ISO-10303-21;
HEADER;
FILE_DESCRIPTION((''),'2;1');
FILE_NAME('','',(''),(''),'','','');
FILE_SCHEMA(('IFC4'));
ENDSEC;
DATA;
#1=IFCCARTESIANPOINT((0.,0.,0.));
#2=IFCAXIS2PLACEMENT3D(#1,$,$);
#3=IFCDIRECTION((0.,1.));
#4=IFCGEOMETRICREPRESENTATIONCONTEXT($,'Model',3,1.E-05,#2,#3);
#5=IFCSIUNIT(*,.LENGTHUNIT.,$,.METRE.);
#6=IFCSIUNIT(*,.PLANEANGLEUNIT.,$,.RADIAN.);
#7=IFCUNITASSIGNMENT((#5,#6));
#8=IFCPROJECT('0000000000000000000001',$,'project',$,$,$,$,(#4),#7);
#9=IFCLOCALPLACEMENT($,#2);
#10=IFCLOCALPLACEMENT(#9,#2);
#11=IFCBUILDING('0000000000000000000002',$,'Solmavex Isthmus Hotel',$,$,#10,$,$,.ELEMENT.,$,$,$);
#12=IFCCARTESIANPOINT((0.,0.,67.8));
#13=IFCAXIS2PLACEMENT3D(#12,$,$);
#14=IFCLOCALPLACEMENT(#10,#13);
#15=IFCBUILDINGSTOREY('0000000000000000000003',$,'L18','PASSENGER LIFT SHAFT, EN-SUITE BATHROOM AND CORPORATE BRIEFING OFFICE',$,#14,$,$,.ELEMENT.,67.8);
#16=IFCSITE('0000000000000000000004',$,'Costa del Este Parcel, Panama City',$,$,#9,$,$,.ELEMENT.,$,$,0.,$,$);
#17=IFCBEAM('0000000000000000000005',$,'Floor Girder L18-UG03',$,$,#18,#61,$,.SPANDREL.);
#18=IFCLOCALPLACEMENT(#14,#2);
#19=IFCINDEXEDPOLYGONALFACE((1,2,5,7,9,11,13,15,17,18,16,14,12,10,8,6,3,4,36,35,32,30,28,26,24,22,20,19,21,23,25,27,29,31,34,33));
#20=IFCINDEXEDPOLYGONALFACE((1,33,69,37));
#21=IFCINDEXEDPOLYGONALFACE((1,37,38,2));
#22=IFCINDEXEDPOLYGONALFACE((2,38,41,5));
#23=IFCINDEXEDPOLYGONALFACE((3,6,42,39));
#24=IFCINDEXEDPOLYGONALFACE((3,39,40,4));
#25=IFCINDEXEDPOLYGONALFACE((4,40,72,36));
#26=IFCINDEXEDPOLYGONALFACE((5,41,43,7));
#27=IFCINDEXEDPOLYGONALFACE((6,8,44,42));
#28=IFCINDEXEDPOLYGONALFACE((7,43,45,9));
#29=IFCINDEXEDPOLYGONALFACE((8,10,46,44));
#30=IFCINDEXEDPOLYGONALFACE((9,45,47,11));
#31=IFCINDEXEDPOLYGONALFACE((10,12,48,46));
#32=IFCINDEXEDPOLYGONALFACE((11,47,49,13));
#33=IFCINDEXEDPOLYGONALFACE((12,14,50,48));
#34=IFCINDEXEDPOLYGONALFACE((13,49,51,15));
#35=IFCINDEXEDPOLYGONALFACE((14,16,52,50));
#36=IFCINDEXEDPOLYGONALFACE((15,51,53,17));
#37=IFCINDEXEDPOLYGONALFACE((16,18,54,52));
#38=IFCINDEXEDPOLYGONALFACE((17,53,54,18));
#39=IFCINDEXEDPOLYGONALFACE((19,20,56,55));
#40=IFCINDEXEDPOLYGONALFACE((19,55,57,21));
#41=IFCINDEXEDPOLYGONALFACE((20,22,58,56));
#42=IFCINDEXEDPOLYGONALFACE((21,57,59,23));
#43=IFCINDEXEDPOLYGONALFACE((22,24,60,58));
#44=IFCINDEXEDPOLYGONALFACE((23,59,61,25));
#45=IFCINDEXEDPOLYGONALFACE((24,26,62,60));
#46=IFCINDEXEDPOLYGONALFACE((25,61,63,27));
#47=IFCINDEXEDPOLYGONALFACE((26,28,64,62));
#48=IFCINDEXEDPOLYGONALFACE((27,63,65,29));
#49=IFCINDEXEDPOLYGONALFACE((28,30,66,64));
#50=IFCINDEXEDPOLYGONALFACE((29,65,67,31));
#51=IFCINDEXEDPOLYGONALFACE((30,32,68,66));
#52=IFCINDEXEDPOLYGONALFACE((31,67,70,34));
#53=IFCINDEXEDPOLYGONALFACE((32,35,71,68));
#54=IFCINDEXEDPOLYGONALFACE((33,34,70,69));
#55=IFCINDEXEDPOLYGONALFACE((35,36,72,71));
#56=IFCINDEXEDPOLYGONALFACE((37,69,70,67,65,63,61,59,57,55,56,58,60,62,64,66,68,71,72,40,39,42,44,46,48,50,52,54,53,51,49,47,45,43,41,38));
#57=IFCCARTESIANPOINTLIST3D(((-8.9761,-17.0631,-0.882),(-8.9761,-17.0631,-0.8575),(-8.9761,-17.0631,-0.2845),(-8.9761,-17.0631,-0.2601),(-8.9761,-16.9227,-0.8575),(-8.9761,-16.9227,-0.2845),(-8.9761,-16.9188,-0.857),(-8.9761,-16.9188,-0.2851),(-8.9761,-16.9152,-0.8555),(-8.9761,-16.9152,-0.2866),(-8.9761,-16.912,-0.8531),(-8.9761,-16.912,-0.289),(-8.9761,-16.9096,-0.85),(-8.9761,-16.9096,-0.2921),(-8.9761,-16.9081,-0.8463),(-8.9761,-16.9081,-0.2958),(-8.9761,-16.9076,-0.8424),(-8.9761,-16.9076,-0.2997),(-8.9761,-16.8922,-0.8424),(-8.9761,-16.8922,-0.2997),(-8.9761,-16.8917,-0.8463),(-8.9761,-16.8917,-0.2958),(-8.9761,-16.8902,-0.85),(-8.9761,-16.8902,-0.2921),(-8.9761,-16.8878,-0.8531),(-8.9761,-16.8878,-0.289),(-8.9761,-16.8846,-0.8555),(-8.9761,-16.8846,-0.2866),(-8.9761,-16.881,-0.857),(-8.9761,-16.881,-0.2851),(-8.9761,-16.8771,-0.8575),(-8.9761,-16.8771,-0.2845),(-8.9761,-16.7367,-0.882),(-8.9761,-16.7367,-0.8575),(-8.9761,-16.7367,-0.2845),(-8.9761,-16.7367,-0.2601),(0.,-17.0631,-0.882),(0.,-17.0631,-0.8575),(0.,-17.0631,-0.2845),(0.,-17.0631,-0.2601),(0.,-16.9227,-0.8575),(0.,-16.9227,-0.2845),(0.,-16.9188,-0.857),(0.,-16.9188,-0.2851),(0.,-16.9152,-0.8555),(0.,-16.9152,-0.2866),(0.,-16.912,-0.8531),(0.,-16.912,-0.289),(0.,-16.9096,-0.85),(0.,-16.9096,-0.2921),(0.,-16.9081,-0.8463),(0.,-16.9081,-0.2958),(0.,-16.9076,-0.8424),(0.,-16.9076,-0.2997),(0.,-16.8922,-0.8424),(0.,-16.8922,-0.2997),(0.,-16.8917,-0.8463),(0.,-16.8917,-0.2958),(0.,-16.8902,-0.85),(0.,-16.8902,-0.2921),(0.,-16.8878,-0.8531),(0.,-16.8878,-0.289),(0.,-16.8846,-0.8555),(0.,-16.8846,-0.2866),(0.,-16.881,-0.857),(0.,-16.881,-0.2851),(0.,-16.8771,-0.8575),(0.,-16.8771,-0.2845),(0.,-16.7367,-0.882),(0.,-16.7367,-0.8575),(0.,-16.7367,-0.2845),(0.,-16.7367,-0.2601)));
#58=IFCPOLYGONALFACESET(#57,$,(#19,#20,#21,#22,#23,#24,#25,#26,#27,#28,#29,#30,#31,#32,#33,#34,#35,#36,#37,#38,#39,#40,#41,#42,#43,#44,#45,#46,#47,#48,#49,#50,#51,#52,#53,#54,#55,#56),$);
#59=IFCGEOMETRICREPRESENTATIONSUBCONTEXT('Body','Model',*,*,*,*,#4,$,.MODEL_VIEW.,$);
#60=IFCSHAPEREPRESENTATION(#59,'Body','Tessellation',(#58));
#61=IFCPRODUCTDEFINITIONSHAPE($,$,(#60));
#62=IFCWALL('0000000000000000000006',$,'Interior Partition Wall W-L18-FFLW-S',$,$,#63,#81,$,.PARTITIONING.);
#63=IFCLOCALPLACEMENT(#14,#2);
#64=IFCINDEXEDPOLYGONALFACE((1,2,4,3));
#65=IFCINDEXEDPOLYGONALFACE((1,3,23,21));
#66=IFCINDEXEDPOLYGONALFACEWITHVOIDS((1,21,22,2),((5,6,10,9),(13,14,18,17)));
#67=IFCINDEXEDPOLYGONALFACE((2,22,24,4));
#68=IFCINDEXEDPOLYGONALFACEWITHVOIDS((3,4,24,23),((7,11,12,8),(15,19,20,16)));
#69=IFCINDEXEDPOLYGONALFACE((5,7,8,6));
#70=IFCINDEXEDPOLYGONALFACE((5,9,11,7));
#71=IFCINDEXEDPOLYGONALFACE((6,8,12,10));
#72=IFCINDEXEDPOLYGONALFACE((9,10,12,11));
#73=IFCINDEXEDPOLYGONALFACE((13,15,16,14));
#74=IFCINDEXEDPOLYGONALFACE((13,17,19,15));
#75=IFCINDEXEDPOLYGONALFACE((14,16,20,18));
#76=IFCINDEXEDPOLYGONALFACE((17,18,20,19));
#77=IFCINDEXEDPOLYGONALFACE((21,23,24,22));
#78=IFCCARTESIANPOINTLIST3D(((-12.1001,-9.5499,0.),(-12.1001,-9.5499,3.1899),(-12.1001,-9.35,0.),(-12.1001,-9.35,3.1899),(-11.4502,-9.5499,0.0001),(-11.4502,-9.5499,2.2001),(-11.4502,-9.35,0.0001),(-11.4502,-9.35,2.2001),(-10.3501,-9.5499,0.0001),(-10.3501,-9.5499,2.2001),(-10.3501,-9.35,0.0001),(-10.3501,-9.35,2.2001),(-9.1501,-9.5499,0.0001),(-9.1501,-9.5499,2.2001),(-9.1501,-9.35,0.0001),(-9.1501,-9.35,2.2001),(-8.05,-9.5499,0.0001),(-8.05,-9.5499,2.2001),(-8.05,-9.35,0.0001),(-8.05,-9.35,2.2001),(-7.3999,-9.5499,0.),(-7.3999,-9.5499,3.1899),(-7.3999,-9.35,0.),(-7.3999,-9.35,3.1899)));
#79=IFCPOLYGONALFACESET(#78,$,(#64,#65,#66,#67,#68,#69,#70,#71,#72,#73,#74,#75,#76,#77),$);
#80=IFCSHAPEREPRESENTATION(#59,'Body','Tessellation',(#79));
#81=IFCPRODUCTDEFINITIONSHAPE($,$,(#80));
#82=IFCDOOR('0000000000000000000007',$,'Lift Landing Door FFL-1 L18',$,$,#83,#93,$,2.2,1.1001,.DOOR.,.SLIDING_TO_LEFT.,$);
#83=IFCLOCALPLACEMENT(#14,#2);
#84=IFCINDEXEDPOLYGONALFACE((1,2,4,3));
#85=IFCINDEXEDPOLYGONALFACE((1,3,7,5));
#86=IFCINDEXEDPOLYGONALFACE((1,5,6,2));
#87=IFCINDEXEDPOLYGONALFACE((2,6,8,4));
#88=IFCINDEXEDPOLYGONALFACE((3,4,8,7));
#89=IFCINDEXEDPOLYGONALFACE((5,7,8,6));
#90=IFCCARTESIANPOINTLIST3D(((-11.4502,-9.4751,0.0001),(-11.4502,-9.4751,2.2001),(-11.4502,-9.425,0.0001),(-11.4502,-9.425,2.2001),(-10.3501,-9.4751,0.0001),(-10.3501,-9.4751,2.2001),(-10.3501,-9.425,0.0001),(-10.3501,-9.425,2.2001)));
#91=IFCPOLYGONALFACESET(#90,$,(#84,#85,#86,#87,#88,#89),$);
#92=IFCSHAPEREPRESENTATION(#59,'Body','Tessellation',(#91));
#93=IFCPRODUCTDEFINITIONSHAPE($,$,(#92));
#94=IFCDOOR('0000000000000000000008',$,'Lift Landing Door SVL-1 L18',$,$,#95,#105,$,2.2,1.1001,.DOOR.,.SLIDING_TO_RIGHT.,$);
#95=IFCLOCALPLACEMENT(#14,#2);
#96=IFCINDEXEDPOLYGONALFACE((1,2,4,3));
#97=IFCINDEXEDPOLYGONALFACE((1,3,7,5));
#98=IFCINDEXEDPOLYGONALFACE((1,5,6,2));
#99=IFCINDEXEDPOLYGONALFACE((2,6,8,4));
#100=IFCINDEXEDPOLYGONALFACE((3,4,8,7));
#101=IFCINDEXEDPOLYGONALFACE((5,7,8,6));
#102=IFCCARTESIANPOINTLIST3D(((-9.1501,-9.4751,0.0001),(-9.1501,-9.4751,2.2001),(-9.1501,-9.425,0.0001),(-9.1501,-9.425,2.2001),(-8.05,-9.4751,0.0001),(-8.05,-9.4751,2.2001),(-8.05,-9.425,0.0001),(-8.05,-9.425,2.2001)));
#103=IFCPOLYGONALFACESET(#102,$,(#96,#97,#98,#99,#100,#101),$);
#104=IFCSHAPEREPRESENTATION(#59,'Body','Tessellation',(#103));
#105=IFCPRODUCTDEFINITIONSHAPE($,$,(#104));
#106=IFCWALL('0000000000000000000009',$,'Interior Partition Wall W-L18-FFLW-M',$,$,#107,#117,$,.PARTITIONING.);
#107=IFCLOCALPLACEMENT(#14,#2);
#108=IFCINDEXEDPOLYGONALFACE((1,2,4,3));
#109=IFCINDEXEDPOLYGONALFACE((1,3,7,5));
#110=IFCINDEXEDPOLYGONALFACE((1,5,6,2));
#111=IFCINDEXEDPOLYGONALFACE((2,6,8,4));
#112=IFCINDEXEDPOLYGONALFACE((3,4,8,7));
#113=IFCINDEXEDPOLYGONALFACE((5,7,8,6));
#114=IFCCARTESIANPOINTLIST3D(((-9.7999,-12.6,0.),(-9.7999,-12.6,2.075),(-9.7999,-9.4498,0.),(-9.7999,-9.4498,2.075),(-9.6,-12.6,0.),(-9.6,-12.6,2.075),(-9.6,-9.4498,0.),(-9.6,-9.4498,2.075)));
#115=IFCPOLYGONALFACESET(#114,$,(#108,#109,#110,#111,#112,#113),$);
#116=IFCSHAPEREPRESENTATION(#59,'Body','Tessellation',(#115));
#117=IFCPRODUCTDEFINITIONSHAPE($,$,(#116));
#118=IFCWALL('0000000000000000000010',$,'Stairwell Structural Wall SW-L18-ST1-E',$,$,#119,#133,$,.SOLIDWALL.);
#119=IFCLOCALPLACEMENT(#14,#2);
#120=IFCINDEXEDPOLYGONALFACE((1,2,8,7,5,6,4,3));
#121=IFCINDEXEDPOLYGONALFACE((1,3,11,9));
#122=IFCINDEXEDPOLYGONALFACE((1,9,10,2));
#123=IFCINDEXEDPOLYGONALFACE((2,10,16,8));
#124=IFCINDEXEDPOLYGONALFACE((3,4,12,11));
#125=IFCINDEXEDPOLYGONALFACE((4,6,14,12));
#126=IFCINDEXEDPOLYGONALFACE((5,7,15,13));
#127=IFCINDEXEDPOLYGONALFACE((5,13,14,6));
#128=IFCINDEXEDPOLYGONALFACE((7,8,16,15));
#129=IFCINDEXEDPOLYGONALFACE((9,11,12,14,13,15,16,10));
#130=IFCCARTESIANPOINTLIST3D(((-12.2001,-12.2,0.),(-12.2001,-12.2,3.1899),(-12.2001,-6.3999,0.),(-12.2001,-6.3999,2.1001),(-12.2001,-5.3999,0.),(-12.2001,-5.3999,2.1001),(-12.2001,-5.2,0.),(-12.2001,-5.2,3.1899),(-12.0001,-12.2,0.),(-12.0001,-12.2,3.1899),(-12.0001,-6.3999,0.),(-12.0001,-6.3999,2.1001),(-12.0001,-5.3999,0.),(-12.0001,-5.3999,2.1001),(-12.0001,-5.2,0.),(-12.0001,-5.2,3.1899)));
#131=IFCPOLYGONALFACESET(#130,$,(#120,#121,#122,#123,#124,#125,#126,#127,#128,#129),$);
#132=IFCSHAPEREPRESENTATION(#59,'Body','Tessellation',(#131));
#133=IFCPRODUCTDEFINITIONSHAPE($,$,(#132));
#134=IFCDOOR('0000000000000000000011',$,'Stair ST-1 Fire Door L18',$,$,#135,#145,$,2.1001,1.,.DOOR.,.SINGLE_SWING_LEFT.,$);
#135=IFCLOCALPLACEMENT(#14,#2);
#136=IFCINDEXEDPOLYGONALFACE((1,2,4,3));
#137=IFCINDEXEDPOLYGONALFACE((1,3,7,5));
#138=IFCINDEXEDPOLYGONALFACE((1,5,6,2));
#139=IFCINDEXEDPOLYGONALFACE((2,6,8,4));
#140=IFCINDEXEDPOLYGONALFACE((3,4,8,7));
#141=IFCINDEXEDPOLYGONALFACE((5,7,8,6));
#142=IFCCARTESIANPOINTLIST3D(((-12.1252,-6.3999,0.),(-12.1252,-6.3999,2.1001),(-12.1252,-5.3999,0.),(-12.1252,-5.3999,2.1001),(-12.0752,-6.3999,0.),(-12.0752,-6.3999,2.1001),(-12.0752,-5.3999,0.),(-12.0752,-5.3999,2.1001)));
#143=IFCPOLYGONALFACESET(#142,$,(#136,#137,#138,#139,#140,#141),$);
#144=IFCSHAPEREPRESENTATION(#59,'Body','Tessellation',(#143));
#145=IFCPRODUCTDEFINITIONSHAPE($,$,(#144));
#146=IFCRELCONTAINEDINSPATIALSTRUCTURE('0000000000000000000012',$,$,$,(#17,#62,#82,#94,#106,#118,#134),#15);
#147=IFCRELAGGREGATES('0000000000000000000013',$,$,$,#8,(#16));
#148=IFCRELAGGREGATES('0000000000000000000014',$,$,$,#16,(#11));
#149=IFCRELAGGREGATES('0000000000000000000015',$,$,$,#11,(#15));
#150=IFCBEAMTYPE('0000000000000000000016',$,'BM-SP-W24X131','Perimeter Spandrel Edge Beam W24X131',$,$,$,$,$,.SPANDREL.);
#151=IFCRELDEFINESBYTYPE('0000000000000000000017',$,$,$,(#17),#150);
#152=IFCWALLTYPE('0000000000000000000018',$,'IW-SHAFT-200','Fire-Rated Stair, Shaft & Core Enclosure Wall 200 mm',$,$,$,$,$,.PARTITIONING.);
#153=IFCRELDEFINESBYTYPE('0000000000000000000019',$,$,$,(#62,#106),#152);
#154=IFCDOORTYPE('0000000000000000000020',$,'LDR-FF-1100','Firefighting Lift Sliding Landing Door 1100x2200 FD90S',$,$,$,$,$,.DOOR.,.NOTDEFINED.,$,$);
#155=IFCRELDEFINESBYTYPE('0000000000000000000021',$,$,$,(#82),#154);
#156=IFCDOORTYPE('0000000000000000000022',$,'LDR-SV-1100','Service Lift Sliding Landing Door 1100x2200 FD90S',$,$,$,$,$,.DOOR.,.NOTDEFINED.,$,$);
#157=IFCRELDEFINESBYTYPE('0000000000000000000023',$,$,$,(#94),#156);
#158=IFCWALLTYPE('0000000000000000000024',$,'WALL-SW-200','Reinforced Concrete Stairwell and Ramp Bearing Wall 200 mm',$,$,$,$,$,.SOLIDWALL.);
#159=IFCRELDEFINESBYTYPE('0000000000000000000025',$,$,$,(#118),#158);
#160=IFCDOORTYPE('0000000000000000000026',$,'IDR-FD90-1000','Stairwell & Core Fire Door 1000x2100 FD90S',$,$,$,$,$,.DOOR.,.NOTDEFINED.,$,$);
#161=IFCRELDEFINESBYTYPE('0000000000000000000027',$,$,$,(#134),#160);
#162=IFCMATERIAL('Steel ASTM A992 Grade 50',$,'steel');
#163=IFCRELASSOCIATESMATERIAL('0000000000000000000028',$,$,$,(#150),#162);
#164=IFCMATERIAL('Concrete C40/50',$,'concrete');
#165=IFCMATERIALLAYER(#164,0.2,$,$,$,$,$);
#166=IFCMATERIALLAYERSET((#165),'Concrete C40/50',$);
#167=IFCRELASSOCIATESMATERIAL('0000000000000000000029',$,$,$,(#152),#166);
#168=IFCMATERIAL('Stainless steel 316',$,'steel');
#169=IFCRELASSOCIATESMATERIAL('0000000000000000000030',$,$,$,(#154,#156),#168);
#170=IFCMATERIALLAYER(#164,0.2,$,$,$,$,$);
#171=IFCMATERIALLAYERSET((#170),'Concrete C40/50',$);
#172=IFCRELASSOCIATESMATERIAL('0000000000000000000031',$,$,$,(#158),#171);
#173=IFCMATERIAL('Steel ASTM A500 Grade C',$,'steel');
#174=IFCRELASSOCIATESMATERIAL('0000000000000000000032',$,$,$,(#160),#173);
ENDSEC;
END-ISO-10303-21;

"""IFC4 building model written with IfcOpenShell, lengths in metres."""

from ifc_helpers import new_model, si_unit, direction, frame, frame_2d, origin, origin_2d, place, context, subcontext, project, spatial, rectangle, i_section, extrude, material, layer, layer_set, material_profile, profile_set, type_object, element, fill, save


model = new_model("IFC4")

# Units and contexts
model_context = context("Model", 3, precision=1e-05, world=origin(), true_north=direction((0.0, 1.0)))
body_context = subcontext(model_context, "Body", "Model", "MODEL_VIEW")
ifc_project = project(units=[si_unit("LENGTHUNIT", "METRE"), si_unit("PLANEANGLEUNIT", "RADIAN")], contexts=[model_context])

# Site, building, storey
site_placement = place(None, origin())
site = spatial("IfcSite", under=ifc_project, at=site_placement, Name="Costa del Este Parcel, Panama City", CompositionType="ELEMENT", RefElevation=0.0)
building_placement = place(site_placement, origin())
building = spatial("IfcBuilding", under=site, at=building_placement, Name="Solmavex Isthmus Hotel", CompositionType="ELEMENT")
storey_placement = place(building_placement, frame((0.0, 0.0, 67.8)))
storey = spatial("IfcBuildingStorey", under=building, at=storey_placement, Name="L18", Description="PASSENGER LIFT SHAFT, EN-SUITE BATHROOM AND CORPORATE BRIEFING OFFICE", CompositionType="ELEMENT", Elevation=67.8)

# Beam
ifc_material_1 = material(Name="Steel ASTM A992 Grade 50", Category="steel")
ifc_material_profile_1 = material_profile(ifc_material_1, i_section(OverallWidth=0.3264, OverallDepth=0.6218, WebThickness=0.0154, FlangeThickness=0.0244, FilletRadius=0.0151, at=origin_2d()), Name="W24X131")
ifc_profile_set_1 = profile_set([ifc_material_profile_1], Name="Steel ASTM A992 Grade 50")
beam_type_1 = type_object("IfcBeamType", Name="BM-SP-W24X131", Description="Perimeter Spandrel Edge Beam W24X131", PredefinedType="SPANDREL", material=ifc_profile_set_1)
beam_1_placement = place(storey_placement, frame((-8.9761, -16.8999, -0.571), z_axis=(1.0, 0.0, 0.0), x_axis=(0.0, 1.0, 0.0)))
element("IfcBeam", 1, at=beam_1_placement, inside=storey, type_object=beam_type_1, Name="Floor Girder L18-UG03", PredefinedType="SPANDREL", context=body_context, shape_type="SweptSolid", body=[
    extrude(i_section(OverallWidth=0.3264, OverallDepth=0.6218, WebThickness=0.0154, FlangeThickness=0.0244, FilletRadius=0.0151, at=origin_2d()), origin(), (0.0, 0.0, 1.0), 8.9761),
])

# Wall, openings, doors
ifc_material_2 = material(Name="Concrete C40/50", Category="concrete")
ifc_layer_1 = layer(ifc_material_2, 0.2)
ifc_layer_set_1 = layer_set([ifc_layer_1], Name="Concrete C40/50")
wall_type_1 = type_object("IfcWallType", Name="IW-SHAFT-200", Description="Fire-Rated Stair, Shaft & Core Enclosure Wall 200 mm", PredefinedType="PARTITIONING", material=ifc_layer_set_1)
wall_1_placement = place(storey_placement, frame((-12.1001, -9.45, 0.0), z_axis=(0.0, 0.0, 1.0), x_axis=(1.0, 0.0, 0.0)))
wall_1 = element("IfcWall", 2, at=wall_1_placement, inside=storey, type_object=wall_type_1, Name="Interior Partition Wall W-L18-FFLW-S", PredefinedType="PARTITIONING", context=body_context, shape_type="SweptSolid", body=[
    extrude(rectangle(XDim=4.7002, YDim=0.2, at=frame_2d((2.3501, 0.0))), origin(), (0.0, 0.0, 1.0), 3.1899),
])
opening_1_placement = place(wall_1_placement, frame((0.6499, 0.0, 0.0)))
opening_1 = element("IfcOpeningElement", 3, at=opening_1_placement, cuts=wall_1, PredefinedType="OPENING", context=body_context, shape_type="SweptSolid", body=[
    extrude(rectangle(XDim=1.1001, YDim=2.2, at=frame_2d((0.55, 1.1001))), frame((0.0, 0.1099, 0.0), z_axis=(0.0, -1.0, 0.0), x_axis=(1.0, 0.0, 0.0)), (0.0, 0.0, 1.0), 0.22),
])
opening_2_placement = place(wall_1_placement, frame((2.95, 0.0, 0.0)))
opening_2 = element("IfcOpeningElement", 4, at=opening_2_placement, cuts=wall_1, PredefinedType="OPENING", context=body_context, shape_type="SweptSolid", body=[
    extrude(rectangle(XDim=1.1001, YDim=2.2, at=frame_2d((0.55, 1.1001))), frame((0.0, 0.1099, 0.0), z_axis=(0.0, -1.0, 0.0), x_axis=(1.0, 0.0, 0.0)), (0.0, 0.0, 1.0), 0.22),
])
ifc_material_3 = material(Name="Stainless steel 316", Category="steel")
door_type_1 = type_object("IfcDoorType", Name="LDR-FF-1100", Description="Firefighting Lift Sliding Landing Door 1100x2200 FD90S", OperationType="NOTDEFINED", PredefinedType="DOOR", material=ifc_material_3)
door_1_placement = place(opening_1_placement, origin())
door_1 = element("IfcDoor", 5, at=door_1_placement, inside=storey, type_object=door_type_1, Name="Lift Landing Door FFL-1 L18", OperationType="SLIDING_TO_LEFT", OverallHeight=2.2, OverallWidth=1.1001, PredefinedType="DOOR", context=body_context, shape_type="SweptSolid", body=[
    extrude(rectangle(XDim=1.1001, YDim=2.2, at=frame_2d((0.55, 1.1001))), frame((0.0, 0.0249, 0.0), z_axis=(0.0, -1.0, 0.0), x_axis=(1.0, 0.0, 0.0)), (0.0, 0.0, 1.0), 0.05),
])
fill(opening_1, door_1)
door_type_2 = type_object("IfcDoorType", Name="LDR-SV-1100", Description="Service Lift Sliding Landing Door 1100x2200 FD90S", OperationType="NOTDEFINED", PredefinedType="DOOR", material=ifc_material_3)
door_2_placement = place(opening_2_placement, origin())
door_2 = element("IfcDoor", 6, at=door_2_placement, inside=storey, type_object=door_type_2, Name="Lift Landing Door SVL-1 L18", OperationType="SLIDING_TO_RIGHT", OverallHeight=2.2, OverallWidth=1.1001, PredefinedType="DOOR", context=body_context, shape_type="SweptSolid", body=[
    extrude(rectangle(XDim=1.1001, YDim=2.2, at=frame_2d((0.55, 1.1001))), frame((0.0, 0.0249, 0.0), z_axis=(0.0, -1.0, 0.0), x_axis=(1.0, 0.0, 0.0)), (0.0, 0.0, 1.0), 0.05),
])
fill(opening_2, door_2)

# Wall
wall_2_placement = place(storey_placement, frame((-9.7, -12.6001, 0.0), z_axis=(0.0, 0.0, 1.0), x_axis=(0.0, 1.0, 0.0)))
element("IfcWall", 7, at=wall_2_placement, inside=storey, type_object=wall_type_1, Name="Interior Partition Wall W-L18-FFLW-M", PredefinedType="PARTITIONING", context=body_context, shape_type="SweptSolid", body=[
    extrude(rectangle(XDim=3.1501, YDim=0.2, at=frame_2d((1.5752, 0.0))), origin(), (0.0, 0.0, 1.0), 2.075),
])

# Wall, opening, door
ifc_layer_2 = layer(ifc_material_2, 0.2)
ifc_layer_set_2 = layer_set([ifc_layer_2], Name="Concrete C40/50")
wall_type_2 = type_object("IfcWallType", Name="WALL-SW-200", Description="Reinforced Concrete Stairwell and Ramp Bearing Wall 200 mm", PredefinedType="SOLIDWALL", material=ifc_layer_set_2)
wall_3_placement = place(storey_placement, frame((-12.1001, -12.2, 0.0), z_axis=(0.0, 0.0, 1.0), x_axis=(0.0, 1.0, 0.0)))
wall_3 = element("IfcWall", 8, at=wall_3_placement, inside=storey, type_object=wall_type_2, Name="Stairwell Structural Wall SW-L18-ST1-E", PredefinedType="SOLIDWALL", context=body_context, shape_type="SweptSolid", body=[
    extrude(rectangle(XDim=7.0, YDim=0.2, at=frame_2d((3.5, 0.0))), origin(), (0.0, 0.0, 1.0), 3.1899),
])
opening_3_placement = place(wall_3_placement, frame((5.8, 0.0, 0.0)))
opening_3 = element("IfcOpeningElement", 9, at=opening_3_placement, cuts=wall_3, PredefinedType="OPENING", context=body_context, shape_type="SweptSolid", body=[
    extrude(rectangle(XDim=1.0, YDim=2.1001, at=frame_2d((0.5, 1.05))), frame((0.0, 0.1099, 0.0), z_axis=(0.0, -1.0, 0.0), x_axis=(1.0, 0.0, 0.0)), (0.0, 0.0, 1.0), 0.22),
])
ifc_material_4 = material(Name="Steel ASTM A500 Grade C", Category="steel")
door_type_3 = type_object("IfcDoorType", Name="IDR-FD90-1000", Description="Stairwell & Core Fire Door 1000x2100 FD90S", OperationType="NOTDEFINED", PredefinedType="DOOR", material=ifc_material_4)
door_3_placement = place(opening_3_placement, frame((1.0, 0.0, 0.0), z_axis=(0.0, 0.0, 1.0), x_axis=(-1.0, 0.0, 0.0)))
door_3 = element("IfcDoor", 10, at=door_3_placement, inside=storey, type_object=door_type_3, Name="Stair ST-1 Fire Door L18", OperationType="SINGLE_SWING_LEFT", OverallHeight=2.1001, OverallWidth=1.0, PredefinedType="DOOR", context=body_context, shape_type="SweptSolid", body=[
    extrude(rectangle(XDim=1.0, YDim=2.1001, at=frame_2d((0.5, 1.05))), frame((0.0, 0.0249, 0.0), z_axis=(0.0, -1.0, 0.0), x_axis=(1.0, 0.0, 0.0)), (0.0, 0.0, 1.0), 0.05),
])
fill(opening_3, door_3)

save(model, "model.ifc")
